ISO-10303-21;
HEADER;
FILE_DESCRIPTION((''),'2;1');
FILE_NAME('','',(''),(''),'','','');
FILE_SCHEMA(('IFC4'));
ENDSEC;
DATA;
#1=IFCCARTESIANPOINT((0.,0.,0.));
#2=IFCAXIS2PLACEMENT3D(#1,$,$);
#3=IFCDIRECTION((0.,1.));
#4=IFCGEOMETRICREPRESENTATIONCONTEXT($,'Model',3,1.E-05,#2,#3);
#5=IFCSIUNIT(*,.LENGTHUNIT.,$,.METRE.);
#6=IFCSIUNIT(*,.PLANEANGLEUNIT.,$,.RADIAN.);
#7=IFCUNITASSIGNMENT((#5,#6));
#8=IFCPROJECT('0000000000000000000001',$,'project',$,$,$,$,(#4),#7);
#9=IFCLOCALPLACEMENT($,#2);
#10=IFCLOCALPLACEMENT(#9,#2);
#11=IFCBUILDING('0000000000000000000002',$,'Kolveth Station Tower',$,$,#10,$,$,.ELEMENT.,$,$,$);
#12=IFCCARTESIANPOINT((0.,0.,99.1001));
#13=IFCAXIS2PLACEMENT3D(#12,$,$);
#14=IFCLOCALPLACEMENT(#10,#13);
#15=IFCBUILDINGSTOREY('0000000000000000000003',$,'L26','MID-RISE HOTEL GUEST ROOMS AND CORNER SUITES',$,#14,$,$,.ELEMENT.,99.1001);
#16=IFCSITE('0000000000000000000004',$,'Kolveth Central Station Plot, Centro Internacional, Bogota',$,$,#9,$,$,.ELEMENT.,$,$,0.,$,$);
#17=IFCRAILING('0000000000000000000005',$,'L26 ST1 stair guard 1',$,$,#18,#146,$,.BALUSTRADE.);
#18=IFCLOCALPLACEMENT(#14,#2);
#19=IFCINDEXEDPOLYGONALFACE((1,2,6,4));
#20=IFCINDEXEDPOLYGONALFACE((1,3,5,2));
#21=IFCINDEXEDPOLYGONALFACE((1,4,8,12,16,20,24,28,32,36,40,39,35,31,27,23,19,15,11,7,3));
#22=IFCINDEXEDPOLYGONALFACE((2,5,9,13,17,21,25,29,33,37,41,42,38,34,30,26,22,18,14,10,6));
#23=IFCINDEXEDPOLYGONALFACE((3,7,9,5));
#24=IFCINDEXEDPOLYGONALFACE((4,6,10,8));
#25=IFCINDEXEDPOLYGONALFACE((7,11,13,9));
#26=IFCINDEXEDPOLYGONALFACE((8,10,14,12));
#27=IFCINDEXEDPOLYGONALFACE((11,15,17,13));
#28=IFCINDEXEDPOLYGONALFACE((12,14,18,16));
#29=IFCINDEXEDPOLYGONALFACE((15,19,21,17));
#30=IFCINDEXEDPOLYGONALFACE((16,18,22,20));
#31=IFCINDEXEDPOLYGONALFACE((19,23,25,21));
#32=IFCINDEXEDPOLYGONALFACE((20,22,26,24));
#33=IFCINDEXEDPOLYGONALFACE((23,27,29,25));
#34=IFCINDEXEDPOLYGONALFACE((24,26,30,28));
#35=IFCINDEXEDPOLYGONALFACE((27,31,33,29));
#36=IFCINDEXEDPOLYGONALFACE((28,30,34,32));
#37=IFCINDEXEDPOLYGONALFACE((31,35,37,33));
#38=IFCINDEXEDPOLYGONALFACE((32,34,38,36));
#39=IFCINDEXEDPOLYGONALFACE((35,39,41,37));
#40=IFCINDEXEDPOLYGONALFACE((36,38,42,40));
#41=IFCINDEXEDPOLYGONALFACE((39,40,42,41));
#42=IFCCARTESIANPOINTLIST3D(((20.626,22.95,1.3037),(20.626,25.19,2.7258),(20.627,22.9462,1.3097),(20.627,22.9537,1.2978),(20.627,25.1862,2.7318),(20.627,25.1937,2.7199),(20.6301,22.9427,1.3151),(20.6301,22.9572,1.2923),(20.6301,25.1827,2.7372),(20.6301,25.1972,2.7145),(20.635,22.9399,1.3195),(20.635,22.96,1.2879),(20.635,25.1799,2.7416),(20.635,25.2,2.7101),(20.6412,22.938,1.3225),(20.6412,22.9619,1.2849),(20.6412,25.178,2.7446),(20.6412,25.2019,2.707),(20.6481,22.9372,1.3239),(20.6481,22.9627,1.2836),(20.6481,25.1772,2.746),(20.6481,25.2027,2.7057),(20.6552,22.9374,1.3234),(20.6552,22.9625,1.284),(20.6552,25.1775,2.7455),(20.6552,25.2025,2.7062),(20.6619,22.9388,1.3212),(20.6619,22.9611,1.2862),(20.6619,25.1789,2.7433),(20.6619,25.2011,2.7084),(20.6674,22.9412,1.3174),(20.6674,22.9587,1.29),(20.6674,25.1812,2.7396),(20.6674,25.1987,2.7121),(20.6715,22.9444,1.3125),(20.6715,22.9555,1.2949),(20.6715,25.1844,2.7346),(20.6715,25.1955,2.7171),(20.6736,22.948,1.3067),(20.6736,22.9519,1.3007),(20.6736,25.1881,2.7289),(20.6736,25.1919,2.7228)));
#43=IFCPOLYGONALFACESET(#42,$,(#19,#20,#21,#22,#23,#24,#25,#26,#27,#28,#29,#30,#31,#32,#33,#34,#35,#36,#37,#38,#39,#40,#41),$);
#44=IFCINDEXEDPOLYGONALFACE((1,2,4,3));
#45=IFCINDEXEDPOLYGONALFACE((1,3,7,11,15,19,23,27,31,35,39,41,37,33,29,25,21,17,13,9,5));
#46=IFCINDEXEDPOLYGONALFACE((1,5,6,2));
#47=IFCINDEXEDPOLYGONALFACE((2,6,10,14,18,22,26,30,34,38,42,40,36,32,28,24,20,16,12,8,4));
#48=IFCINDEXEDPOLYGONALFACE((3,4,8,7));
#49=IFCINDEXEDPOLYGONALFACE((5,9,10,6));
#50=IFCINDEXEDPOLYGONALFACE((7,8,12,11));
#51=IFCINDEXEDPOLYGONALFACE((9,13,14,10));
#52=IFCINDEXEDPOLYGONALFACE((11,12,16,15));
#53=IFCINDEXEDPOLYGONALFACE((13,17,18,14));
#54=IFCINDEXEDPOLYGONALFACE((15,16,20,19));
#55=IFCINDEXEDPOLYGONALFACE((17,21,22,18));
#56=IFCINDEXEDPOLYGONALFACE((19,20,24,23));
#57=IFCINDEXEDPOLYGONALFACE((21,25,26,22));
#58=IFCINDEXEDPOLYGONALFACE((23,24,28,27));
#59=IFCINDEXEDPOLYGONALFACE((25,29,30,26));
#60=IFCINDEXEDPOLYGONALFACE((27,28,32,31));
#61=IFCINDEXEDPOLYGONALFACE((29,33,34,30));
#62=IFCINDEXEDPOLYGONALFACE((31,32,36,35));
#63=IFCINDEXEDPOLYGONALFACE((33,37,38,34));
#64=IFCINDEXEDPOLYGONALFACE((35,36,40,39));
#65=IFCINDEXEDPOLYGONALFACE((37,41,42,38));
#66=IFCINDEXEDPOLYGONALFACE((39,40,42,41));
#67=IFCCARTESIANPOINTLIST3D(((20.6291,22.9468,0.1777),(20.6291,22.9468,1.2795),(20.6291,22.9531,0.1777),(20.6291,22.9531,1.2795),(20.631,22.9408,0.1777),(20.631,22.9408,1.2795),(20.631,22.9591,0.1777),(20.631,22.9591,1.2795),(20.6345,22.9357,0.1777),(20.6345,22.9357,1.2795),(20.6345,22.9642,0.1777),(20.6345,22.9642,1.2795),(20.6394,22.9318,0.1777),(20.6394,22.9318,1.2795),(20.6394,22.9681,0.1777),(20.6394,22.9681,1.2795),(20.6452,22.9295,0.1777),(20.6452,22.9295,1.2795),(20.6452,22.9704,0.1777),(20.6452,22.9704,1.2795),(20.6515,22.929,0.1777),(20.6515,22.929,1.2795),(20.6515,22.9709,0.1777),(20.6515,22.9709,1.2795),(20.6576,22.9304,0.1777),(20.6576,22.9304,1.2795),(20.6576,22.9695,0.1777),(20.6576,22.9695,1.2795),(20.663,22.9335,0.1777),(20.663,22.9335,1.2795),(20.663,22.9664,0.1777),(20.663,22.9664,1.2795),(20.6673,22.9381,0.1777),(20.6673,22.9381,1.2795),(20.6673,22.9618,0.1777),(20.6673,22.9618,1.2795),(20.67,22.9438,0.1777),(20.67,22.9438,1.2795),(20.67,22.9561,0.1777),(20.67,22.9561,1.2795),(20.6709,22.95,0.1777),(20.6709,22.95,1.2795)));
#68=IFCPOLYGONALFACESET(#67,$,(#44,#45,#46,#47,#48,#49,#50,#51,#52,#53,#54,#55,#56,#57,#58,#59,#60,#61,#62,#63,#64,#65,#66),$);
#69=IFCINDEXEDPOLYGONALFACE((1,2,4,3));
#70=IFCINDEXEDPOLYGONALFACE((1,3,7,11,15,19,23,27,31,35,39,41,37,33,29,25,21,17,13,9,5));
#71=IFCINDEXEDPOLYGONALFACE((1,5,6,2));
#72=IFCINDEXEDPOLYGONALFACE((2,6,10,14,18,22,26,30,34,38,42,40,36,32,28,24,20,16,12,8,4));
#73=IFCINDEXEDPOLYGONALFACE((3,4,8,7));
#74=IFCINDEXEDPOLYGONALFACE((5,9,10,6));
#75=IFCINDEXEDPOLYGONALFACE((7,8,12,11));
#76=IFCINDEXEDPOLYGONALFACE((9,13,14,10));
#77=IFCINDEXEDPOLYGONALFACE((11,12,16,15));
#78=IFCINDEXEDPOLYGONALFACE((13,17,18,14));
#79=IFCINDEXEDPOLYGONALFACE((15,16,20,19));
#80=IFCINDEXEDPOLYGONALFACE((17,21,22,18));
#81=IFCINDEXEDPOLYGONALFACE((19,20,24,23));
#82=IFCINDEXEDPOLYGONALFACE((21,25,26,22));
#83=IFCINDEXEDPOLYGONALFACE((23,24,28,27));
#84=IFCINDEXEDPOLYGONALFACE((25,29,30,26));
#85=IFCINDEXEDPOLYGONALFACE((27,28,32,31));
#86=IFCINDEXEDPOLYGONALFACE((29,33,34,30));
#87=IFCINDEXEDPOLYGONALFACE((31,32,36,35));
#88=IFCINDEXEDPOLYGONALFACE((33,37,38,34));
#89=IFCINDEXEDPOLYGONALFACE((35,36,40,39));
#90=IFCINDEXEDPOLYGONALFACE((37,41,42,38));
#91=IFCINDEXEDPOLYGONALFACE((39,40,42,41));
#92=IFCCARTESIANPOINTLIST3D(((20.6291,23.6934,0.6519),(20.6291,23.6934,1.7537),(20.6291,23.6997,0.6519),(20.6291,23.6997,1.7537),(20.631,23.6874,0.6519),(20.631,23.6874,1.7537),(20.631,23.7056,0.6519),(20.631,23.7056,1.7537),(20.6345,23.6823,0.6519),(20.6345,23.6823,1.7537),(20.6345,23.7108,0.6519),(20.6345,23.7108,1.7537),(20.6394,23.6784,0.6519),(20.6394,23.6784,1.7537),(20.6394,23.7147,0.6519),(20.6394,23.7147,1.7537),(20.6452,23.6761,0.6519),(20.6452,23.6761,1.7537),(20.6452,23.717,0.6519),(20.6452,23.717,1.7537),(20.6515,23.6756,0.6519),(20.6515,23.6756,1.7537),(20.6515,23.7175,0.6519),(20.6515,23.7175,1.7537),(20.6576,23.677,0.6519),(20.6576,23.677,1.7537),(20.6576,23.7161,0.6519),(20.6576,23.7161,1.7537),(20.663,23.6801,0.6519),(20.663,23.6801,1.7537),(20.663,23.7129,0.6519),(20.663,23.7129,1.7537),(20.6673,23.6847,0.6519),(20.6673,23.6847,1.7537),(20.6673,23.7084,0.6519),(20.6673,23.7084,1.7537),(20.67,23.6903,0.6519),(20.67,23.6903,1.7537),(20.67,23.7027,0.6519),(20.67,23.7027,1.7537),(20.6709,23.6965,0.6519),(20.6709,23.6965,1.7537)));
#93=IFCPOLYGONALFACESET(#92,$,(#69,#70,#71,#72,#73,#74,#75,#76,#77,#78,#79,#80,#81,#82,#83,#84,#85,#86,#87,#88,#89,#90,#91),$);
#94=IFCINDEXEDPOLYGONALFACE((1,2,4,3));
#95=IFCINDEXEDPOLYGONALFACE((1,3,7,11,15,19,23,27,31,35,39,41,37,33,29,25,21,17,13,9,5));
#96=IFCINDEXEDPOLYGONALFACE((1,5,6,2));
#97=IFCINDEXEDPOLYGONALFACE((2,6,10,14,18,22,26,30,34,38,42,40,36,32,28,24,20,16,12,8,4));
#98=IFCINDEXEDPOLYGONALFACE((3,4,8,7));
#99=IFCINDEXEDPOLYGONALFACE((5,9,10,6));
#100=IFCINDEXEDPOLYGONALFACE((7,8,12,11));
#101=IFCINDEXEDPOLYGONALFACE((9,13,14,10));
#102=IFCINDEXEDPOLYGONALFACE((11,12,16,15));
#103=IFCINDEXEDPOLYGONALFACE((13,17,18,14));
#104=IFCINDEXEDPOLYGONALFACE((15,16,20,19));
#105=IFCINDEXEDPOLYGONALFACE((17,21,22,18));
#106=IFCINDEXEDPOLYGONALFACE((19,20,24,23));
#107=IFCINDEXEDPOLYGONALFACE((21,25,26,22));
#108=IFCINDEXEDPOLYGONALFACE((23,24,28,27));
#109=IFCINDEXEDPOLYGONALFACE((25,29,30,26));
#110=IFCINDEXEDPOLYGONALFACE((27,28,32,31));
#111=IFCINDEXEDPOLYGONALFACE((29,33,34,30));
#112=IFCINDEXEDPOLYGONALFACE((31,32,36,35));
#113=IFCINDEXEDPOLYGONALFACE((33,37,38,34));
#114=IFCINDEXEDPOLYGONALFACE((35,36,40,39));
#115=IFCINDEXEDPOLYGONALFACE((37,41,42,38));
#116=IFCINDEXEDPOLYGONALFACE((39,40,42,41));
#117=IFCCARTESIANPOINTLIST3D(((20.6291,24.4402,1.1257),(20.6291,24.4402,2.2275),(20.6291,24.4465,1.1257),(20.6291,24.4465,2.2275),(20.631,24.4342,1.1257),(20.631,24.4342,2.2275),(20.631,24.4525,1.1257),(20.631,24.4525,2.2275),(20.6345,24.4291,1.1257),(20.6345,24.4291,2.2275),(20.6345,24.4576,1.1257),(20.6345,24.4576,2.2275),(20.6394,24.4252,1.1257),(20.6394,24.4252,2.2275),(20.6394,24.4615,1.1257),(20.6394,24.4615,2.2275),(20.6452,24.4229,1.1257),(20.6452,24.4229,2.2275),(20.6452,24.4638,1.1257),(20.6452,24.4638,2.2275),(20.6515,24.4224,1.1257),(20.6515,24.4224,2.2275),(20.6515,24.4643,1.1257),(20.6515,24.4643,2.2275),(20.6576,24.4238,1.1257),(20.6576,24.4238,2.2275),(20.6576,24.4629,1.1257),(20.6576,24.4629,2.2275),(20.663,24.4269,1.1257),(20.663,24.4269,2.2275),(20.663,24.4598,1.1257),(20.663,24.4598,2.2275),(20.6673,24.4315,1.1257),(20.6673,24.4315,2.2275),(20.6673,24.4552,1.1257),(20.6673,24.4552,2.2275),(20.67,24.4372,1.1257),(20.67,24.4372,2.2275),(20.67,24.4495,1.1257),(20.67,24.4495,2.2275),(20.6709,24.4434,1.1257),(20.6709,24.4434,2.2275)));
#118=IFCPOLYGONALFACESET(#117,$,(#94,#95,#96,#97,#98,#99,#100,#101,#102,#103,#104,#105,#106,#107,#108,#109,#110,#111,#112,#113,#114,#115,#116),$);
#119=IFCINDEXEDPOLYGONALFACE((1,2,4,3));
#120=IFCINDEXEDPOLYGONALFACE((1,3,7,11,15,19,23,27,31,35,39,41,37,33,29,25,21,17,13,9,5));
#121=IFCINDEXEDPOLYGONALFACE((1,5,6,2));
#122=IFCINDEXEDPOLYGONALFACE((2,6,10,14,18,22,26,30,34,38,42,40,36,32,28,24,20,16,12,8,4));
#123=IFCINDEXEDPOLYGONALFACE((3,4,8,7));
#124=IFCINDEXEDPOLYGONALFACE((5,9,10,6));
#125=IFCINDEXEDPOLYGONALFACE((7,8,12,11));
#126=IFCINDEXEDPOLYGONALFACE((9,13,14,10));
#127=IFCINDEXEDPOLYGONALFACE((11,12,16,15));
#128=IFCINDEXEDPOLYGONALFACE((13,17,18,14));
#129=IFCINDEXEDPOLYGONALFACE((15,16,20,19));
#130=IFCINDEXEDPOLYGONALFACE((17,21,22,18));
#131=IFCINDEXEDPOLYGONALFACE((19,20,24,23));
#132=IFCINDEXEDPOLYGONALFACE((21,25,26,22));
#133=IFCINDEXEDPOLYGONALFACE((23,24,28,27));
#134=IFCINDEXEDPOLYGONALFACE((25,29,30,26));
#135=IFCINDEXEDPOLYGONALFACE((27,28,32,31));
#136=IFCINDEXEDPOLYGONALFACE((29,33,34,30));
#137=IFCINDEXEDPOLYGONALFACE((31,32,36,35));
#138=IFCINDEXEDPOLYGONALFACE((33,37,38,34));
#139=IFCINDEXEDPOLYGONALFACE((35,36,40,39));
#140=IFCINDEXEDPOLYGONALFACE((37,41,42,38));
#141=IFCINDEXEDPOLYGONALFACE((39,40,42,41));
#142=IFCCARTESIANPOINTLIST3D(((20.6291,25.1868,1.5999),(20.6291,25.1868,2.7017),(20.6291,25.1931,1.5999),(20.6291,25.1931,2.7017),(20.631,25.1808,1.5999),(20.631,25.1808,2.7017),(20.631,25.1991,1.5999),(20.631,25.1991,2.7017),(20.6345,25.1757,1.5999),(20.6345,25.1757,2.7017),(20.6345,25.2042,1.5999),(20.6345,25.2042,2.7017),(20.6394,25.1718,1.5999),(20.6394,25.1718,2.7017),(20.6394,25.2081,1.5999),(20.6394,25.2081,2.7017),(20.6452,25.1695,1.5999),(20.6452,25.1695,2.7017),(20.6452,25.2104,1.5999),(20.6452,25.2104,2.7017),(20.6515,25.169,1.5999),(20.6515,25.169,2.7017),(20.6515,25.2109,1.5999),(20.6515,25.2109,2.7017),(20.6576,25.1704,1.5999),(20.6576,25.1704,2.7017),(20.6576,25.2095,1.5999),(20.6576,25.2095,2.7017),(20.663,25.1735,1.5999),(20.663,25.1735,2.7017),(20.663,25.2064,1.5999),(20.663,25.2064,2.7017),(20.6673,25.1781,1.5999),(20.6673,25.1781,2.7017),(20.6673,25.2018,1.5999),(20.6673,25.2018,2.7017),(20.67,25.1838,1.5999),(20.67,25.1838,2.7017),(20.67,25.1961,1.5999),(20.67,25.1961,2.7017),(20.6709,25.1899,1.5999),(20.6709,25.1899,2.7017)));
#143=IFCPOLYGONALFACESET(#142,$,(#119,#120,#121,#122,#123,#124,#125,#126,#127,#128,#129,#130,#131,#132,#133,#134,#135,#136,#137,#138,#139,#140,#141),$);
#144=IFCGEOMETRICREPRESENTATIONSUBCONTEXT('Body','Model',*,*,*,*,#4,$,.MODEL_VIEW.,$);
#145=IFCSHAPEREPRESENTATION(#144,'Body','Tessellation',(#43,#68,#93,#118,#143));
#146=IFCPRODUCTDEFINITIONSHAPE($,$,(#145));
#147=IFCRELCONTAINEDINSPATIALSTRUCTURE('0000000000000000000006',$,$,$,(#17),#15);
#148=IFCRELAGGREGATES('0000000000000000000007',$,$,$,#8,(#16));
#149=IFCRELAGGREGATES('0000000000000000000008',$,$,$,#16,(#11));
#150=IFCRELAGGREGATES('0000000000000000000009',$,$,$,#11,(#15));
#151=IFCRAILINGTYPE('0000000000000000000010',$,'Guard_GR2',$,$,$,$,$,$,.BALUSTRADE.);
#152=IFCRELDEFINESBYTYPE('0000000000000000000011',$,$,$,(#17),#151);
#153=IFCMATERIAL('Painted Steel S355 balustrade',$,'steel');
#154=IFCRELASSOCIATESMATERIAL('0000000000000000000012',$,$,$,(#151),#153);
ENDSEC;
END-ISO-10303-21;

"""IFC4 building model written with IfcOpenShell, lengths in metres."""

from ifc_helpers import new_model, si_unit, direction, frame, origin, origin_2d, place, context, subcontext, project, spatial, circle, extrude, material, type_object, element, save


model = new_model("IFC4")

# Units and contexts
model_context = context("Model", 3, precision=1e-05, world=origin(), true_north=direction((0.0, 1.0)))
body_context = subcontext(model_context, "Body", "Model", "MODEL_VIEW")
ifc_project = project(units=[si_unit("LENGTHUNIT", "METRE"), si_unit("PLANEANGLEUNIT", "RADIAN")], contexts=[model_context])

# Site, building, storey
site_placement = place(None, origin())
site = spatial("IfcSite", under=ifc_project, at=site_placement, Name="Kolveth Central Station Plot, Centro Internacional, Bogota", CompositionType="ELEMENT", RefElevation=0.0)
building_placement = place(site_placement, origin())
building = spatial("IfcBuilding", under=site, at=building_placement, Name="Kolveth Station Tower", CompositionType="ELEMENT")
storey_placement = place(building_placement, frame((0.0, 0.0, 99.1001)))
storey = spatial("IfcBuildingStorey", under=building, at=storey_placement, Name="L26", Description="MID-RISE HOTEL GUEST ROOMS AND CORNER SUITES", CompositionType="ELEMENT", Elevation=99.1001)

# Railing
ifc_material_1 = material(Name="Painted Steel S355 balustrade", Category="steel")
railing_type_1 = type_object("IfcRailingType", Name="Guard_GR2", PredefinedType="BALUSTRADE", material=ifc_material_1)
railing_1_placement = place(storey_placement, frame((20.6499, 22.95, 0.1777)))
element("IfcRailing", 1, at=railing_1_placement, inside=storey, type_object=railing_type_1, Name="L26 ST1 stair guard 1", PredefinedType="BALUSTRADE", context=body_context, shape_type="SweptSolid", body=[
    extrude(circle(Radius=0.0239, at=origin_2d()), frame((0.0, 0.0, 1.126), z_axis=(0.0, 0.844229, 0.535982), x_axis=(-1.0, 0.0, 0.0)), (0.0, 0.0, 1.0), 2.6533),
    extrude(circle(Radius=0.021, at=origin_2d()), origin(), (0.0, 0.0, 1.0), 1.1018),
    extrude(circle(Radius=0.021, at=origin_2d()), frame((0.0, 0.7466, 0.4741)), (0.0, 0.0, 1.0), 1.1018),
    extrude(circle(Radius=0.021, at=origin_2d()), frame((0.0, 1.4934, 0.948)), (0.0, 0.0, 1.0), 1.1018),
    extrude(circle(Radius=0.021, at=origin_2d()), frame((0.0, 2.24, 1.4221)), (0.0, 0.0, 1.0), 1.1018),
])

save(model, "model.ifc")
